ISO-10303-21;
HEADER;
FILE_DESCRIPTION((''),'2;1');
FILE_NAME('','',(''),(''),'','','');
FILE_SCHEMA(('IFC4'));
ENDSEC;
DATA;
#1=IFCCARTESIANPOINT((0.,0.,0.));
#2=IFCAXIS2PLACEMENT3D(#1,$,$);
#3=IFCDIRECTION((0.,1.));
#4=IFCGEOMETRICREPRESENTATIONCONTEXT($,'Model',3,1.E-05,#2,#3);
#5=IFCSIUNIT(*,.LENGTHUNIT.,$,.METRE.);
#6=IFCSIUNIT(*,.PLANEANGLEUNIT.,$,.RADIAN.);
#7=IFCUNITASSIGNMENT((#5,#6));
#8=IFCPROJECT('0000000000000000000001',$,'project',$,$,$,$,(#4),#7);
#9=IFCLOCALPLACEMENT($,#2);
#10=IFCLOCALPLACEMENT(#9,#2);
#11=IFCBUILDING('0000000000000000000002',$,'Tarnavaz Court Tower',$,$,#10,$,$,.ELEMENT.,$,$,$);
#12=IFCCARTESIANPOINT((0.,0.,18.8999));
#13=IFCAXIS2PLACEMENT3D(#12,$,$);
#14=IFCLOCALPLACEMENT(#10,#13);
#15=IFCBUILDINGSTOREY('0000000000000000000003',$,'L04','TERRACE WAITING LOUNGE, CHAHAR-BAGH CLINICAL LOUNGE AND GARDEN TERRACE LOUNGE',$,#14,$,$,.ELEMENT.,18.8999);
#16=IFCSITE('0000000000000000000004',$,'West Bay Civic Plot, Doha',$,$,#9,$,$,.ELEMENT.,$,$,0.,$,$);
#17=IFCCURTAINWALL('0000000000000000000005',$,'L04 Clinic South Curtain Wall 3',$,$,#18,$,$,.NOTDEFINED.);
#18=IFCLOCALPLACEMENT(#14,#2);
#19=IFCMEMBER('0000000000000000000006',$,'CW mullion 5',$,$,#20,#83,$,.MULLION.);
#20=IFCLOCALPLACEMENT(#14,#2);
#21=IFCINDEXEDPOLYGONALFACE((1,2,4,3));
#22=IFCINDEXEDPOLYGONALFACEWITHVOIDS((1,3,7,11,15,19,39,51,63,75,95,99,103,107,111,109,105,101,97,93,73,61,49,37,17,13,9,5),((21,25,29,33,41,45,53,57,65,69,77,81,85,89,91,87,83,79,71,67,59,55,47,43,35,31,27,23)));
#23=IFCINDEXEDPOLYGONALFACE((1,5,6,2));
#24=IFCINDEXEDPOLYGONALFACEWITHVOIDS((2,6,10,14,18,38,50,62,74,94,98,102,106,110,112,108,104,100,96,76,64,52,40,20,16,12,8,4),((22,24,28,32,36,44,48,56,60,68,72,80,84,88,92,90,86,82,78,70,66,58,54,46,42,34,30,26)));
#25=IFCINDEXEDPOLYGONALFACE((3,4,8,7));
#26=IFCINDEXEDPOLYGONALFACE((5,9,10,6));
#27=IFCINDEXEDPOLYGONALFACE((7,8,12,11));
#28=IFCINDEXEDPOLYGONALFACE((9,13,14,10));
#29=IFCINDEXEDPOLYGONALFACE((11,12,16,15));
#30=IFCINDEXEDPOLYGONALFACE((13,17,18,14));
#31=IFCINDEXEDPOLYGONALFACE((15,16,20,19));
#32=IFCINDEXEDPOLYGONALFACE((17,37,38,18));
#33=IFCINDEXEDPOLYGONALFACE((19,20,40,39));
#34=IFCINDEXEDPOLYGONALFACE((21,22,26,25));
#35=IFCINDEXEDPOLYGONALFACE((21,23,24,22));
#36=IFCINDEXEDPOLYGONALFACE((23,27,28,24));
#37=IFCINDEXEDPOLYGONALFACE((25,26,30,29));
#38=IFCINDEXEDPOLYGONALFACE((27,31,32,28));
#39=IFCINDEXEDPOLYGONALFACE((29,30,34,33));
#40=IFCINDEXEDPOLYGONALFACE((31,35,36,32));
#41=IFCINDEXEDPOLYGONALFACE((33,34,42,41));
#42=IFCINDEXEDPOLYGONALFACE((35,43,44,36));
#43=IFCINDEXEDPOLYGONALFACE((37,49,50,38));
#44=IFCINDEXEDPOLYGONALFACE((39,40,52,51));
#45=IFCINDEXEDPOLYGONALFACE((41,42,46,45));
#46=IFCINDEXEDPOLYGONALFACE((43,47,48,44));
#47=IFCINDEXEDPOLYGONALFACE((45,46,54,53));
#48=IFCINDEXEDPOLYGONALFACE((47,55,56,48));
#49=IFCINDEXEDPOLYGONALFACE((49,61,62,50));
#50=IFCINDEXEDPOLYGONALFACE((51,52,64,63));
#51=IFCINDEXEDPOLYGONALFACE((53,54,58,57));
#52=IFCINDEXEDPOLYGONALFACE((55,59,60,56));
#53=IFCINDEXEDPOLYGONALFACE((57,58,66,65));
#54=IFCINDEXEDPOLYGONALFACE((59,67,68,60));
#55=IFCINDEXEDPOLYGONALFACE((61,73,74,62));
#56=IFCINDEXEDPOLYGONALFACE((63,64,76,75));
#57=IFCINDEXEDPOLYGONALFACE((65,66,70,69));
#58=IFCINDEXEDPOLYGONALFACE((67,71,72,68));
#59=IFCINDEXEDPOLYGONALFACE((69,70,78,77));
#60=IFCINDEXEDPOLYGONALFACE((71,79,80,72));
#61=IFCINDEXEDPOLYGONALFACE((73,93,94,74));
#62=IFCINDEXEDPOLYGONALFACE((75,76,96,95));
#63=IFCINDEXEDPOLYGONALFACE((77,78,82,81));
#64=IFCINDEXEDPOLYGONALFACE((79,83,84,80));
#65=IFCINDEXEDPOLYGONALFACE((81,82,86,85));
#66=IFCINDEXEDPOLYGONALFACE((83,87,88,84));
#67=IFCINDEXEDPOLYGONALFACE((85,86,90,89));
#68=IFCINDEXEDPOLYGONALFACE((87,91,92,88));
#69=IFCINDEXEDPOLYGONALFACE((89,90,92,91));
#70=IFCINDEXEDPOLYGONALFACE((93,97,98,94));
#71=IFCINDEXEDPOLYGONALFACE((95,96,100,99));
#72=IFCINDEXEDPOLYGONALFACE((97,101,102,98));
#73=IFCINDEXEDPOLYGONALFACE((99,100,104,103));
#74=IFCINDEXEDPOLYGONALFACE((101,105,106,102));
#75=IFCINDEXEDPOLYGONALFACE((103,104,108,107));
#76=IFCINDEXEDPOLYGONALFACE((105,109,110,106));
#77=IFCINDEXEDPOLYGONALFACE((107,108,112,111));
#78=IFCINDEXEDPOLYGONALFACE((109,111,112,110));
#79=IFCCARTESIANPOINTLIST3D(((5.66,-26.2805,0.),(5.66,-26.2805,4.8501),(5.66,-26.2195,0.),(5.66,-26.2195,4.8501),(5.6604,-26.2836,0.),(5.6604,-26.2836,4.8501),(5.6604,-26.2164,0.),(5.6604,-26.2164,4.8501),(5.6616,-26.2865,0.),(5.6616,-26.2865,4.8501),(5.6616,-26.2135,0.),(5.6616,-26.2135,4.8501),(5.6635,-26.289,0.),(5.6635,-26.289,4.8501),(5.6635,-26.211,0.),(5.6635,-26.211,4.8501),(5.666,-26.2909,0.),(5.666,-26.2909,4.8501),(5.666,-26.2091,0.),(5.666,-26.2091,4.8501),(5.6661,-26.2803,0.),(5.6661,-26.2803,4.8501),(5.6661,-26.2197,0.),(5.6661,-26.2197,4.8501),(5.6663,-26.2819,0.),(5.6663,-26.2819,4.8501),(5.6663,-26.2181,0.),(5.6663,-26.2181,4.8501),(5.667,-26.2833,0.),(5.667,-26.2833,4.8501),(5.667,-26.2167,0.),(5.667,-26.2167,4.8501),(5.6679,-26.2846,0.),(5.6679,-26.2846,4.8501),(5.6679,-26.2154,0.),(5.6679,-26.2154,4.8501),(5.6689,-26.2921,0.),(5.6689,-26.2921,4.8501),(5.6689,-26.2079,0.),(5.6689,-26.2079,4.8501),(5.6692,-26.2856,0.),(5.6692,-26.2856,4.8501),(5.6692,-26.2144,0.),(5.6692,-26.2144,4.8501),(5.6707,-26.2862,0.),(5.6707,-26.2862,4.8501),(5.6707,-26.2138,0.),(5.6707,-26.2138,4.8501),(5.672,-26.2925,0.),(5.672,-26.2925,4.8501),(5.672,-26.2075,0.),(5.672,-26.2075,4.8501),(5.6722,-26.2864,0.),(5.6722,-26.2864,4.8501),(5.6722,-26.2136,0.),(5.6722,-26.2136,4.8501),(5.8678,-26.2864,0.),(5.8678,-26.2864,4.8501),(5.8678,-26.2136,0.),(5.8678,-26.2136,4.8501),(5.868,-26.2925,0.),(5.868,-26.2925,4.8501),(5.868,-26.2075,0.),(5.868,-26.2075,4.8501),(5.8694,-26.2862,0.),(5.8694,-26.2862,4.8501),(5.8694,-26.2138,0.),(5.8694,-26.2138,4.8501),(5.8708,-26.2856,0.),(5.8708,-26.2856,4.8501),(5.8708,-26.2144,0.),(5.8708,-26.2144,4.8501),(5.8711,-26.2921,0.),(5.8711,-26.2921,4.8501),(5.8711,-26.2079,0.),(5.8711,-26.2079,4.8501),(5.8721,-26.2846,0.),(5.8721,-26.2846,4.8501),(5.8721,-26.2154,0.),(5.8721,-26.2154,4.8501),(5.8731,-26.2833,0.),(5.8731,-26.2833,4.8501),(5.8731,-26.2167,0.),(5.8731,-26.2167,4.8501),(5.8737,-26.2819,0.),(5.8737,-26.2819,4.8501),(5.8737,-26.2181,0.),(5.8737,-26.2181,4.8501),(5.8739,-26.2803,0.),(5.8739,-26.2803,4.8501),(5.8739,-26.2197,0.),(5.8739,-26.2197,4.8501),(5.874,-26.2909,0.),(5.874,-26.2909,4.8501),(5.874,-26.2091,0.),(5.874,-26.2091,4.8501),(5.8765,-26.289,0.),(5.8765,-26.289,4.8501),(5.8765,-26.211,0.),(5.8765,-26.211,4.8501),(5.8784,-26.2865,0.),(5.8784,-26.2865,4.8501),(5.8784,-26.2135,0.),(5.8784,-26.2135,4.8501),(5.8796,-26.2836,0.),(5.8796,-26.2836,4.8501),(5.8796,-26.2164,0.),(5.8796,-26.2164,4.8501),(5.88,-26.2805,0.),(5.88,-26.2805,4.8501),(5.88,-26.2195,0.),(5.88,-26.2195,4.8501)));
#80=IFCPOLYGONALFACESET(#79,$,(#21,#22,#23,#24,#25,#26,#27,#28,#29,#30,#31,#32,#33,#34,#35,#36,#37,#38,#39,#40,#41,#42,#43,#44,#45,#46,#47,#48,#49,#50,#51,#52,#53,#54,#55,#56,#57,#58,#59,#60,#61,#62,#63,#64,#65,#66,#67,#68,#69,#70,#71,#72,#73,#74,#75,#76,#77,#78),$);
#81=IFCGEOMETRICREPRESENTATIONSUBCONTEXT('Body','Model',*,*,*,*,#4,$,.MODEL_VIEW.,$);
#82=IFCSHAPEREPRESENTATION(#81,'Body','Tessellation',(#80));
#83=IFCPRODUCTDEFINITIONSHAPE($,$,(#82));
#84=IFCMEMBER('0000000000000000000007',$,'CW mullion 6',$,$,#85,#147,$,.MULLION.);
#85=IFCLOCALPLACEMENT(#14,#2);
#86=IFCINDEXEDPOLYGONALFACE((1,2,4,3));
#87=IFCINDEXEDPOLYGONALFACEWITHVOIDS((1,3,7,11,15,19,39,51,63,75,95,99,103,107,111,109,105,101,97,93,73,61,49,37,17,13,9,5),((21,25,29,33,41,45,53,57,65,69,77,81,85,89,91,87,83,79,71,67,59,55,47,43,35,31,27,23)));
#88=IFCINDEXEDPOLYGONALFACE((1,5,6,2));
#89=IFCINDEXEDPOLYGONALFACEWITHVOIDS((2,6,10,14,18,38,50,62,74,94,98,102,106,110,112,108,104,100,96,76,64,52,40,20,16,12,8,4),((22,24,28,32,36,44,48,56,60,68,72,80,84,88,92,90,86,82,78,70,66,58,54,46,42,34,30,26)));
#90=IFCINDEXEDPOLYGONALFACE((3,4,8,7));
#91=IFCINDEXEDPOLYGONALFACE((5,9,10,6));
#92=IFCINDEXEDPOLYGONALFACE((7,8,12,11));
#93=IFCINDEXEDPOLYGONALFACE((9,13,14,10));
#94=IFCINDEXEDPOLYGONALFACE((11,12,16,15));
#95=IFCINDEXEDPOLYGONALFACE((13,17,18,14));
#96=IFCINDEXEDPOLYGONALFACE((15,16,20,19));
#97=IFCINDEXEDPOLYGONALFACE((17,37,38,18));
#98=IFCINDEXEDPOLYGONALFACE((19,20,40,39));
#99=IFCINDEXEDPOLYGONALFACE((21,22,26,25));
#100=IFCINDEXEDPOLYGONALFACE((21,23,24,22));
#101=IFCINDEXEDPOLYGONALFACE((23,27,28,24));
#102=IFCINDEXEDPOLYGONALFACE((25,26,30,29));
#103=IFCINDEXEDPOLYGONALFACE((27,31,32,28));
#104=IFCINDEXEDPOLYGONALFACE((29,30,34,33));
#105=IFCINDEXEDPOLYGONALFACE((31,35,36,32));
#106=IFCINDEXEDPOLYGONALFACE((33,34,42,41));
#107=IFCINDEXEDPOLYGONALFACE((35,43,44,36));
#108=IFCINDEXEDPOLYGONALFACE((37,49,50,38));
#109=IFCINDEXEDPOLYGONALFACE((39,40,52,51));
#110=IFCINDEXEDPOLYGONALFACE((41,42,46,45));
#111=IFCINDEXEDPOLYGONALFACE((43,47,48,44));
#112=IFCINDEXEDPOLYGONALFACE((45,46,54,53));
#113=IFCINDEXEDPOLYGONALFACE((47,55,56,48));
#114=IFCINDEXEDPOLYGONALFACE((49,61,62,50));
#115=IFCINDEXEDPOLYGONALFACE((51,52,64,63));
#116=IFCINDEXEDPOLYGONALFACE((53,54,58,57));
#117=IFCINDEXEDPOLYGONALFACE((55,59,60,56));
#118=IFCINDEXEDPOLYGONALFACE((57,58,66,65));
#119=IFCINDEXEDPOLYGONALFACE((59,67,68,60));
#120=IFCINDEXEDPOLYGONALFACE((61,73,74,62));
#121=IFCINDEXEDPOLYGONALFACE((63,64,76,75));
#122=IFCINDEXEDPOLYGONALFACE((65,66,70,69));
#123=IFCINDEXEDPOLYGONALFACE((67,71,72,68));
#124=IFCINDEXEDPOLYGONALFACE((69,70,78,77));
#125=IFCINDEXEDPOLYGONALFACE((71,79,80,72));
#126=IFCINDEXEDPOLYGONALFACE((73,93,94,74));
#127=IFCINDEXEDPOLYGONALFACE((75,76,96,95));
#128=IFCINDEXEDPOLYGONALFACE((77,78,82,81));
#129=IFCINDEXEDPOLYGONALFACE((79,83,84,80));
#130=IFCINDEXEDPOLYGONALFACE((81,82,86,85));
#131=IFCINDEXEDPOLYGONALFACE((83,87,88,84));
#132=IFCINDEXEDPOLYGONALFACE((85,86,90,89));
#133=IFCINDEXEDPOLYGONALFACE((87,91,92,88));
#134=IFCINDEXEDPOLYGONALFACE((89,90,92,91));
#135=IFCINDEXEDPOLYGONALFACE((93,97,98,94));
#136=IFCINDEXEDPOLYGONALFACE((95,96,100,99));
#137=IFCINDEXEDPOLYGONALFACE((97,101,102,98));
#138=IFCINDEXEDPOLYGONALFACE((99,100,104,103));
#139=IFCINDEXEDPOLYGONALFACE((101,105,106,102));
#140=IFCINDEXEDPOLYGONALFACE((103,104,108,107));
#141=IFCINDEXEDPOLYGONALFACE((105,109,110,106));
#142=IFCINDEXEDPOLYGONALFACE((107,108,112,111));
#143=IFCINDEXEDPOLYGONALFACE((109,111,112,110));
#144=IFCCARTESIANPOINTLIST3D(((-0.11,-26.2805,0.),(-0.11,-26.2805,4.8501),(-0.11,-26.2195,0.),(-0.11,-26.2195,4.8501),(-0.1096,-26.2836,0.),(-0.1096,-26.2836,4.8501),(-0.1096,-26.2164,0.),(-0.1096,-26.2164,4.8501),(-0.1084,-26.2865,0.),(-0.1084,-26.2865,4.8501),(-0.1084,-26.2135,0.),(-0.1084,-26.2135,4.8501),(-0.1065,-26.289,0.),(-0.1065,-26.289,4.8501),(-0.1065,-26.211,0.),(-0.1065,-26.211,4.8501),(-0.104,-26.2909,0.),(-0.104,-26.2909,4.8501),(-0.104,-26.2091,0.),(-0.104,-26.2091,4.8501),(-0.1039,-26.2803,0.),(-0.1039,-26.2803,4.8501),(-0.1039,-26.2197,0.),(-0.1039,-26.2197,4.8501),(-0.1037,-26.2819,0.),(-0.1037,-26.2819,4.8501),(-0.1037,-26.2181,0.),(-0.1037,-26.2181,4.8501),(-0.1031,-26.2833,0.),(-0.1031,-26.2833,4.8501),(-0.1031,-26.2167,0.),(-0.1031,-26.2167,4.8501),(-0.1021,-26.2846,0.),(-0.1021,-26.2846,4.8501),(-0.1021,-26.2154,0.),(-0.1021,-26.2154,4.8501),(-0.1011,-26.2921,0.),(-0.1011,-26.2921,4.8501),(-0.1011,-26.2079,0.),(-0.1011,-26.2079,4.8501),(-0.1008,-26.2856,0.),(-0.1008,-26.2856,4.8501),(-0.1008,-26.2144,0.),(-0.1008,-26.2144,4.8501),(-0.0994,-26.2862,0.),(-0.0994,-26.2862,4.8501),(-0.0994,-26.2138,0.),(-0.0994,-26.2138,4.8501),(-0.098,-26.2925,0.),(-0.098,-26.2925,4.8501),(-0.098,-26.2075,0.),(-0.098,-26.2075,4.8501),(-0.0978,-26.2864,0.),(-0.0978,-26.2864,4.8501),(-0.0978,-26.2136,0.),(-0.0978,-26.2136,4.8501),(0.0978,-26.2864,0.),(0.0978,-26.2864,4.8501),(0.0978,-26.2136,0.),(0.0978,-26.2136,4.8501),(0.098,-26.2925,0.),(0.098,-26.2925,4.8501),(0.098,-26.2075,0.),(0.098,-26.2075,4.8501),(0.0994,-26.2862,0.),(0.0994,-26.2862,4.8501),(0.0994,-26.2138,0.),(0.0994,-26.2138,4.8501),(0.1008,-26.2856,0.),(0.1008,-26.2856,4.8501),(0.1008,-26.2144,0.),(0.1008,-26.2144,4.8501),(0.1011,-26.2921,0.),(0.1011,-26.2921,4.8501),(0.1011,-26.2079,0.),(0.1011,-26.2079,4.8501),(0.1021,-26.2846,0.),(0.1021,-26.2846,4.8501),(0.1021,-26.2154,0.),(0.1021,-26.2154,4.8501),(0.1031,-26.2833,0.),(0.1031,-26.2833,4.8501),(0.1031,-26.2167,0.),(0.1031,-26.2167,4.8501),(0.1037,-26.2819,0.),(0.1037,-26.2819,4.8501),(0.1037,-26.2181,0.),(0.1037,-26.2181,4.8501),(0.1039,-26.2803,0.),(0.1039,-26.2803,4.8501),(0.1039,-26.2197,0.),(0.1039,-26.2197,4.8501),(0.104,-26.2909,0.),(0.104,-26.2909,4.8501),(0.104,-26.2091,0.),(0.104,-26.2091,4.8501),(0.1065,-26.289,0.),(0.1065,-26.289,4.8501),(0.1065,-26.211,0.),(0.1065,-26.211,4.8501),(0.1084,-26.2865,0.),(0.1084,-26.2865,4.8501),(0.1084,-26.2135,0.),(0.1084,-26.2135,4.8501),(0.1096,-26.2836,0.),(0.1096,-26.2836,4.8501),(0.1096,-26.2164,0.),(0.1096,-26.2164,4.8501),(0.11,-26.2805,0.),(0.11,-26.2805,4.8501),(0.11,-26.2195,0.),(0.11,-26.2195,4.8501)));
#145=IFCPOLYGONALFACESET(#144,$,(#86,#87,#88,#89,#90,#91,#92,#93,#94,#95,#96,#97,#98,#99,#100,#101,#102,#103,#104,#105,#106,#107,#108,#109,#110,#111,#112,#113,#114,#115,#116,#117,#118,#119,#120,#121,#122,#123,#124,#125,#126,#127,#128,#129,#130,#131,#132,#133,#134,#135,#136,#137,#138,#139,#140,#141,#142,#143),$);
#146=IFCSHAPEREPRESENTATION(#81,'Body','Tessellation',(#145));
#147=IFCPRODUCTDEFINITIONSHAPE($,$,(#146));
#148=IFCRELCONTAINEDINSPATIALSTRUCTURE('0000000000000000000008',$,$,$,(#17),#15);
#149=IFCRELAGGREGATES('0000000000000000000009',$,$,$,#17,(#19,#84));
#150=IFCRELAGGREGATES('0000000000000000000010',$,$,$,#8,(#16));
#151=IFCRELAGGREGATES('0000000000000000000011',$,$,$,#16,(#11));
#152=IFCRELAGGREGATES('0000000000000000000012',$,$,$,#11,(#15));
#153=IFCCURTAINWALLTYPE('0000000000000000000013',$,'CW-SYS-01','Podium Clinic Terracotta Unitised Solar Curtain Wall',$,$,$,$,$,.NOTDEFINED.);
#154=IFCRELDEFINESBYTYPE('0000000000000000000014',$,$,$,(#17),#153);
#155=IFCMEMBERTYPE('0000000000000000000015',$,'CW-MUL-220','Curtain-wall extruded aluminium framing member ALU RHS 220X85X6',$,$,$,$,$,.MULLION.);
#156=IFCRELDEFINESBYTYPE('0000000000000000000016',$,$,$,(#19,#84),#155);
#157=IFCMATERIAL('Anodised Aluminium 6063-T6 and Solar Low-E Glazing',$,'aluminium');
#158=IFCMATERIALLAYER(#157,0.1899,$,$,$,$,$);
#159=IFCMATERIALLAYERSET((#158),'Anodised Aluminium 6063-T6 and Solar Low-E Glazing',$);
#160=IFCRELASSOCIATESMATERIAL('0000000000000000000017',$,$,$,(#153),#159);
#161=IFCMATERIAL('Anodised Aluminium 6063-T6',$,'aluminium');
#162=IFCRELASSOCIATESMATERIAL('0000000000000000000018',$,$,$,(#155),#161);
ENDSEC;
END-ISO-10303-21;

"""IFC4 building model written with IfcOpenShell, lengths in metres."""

from ifc_helpers import new_model, si_unit, direction, frame, origin, origin_2d, place, context, subcontext, project, spatial, hollow_rectangle, extrude, material, layer, layer_set, material_profile, profile_set, type_object, element, aggregate, save


model = new_model("IFC4")

# Units and contexts
model_context = context("Model", 3, precision=1e-05, world=origin(), true_north=direction((0.0, 1.0)))
body_context = subcontext(model_context, "Body", "Model", "MODEL_VIEW")
ifc_project = project(units=[si_unit("LENGTHUNIT", "METRE"), si_unit("PLANEANGLEUNIT", "RADIAN")], contexts=[model_context])

# Site, building, storey
site_placement = place(None, origin())
site = spatial("IfcSite", under=ifc_project, at=site_placement, Name="West Bay Civic Plot, Doha", CompositionType="ELEMENT", RefElevation=0.0)
building_placement = place(site_placement, origin())
building = spatial("IfcBuilding", under=site, at=building_placement, Name="Tarnavaz Court Tower", CompositionType="ELEMENT")
storey_placement = place(building_placement, frame((0.0, 0.0, 18.8999)))
storey = spatial("IfcBuildingStorey", under=building, at=storey_placement, Name="L04", Description="TERRACE WAITING LOUNGE, CHAHAR-BAGH CLINICAL LOUNGE AND GARDEN TERRACE LOUNGE", CompositionType="ELEMENT", Elevation=18.8999)

# Curtain wall, members
ifc_material_1 = material(Name="Anodised Aluminium 6063-T6 and Solar Low-E Glazing", Category="aluminium")
ifc_layer_1 = layer(ifc_material_1, 0.1899)
ifc_layer_set_1 = layer_set([ifc_layer_1], Name="Anodised Aluminium 6063-T6 and Solar Low-E Glazing")
curtain_wall_type = type_object("IfcCurtainWallType", Name="CW-SYS-01", Description="Podium Clinic Terracotta Unitised Solar Curtain Wall", PredefinedType="NOTDEFINED", material=ifc_layer_set_1)
curtain_wall_placement = place(storey_placement, origin())
curtain_wall = element("IfcCurtainWall", 1, at=curtain_wall_placement, inside=storey, type_object=curtain_wall_type, Name="L04 Clinic South Curtain Wall 3", PredefinedType="NOTDEFINED")
ifc_material_2 = material(Name="Anodised Aluminium 6063-T6", Category="aluminium")
ifc_material_profile_1 = material_profile(ifc_material_2, hollow_rectangle(XDim=0.085, YDim=0.22, WallThickness=0.0061, InnerFilletRadius=0.0061, OuterFilletRadius=0.012, at=origin_2d()), Name="ALU RHS 220X85X6")
ifc_profile_set_1 = profile_set([ifc_material_profile_1], Name="Anodised Aluminium 6063-T6")
member_type_1 = type_object("IfcMemberType", Name="CW-MUL-220", Description="Curtain-wall extruded aluminium framing member ALU RHS 220X85X6", PredefinedType="MULLION", material=ifc_profile_set_1)
member_1_placement = place(storey_placement, frame((5.77, -26.25, 0.0), z_axis=(0.0, 0.0, 1.0), x_axis=(0.0, -1.0, 0.0)))
member_1 = element("IfcMember", 2, at=member_1_placement, type_object=member_type_1, Name="CW mullion 5", PredefinedType="MULLION", context=body_context, shape_type="SweptSolid", body=[
    extrude(hollow_rectangle(XDim=0.085, YDim=0.22, WallThickness=0.0061, InnerFilletRadius=0.0061, OuterFilletRadius=0.012, at=origin_2d()), origin(), (0.0, 0.0, 1.0), 4.8501),
])
member_2_placement = place(storey_placement, frame((0.0, -26.25, 0.0), z_axis=(0.0, 0.0, 1.0), x_axis=(0.0, -1.0, 0.0)))
member_2 = element("IfcMember", 3, at=member_2_placement, type_object=member_type_1, Name="CW mullion 6", PredefinedType="MULLION", context=body_context, shape_type="SweptSolid", body=[
    extrude(hollow_rectangle(XDim=0.085, YDim=0.22, WallThickness=0.0061, InnerFilletRadius=0.0061, OuterFilletRadius=0.012, at=origin_2d()), origin(), (0.0, 0.0, 1.0), 4.8501),
])
aggregate(curtain_wall, [member_1, member_2])

save(model, "model.ifc")
